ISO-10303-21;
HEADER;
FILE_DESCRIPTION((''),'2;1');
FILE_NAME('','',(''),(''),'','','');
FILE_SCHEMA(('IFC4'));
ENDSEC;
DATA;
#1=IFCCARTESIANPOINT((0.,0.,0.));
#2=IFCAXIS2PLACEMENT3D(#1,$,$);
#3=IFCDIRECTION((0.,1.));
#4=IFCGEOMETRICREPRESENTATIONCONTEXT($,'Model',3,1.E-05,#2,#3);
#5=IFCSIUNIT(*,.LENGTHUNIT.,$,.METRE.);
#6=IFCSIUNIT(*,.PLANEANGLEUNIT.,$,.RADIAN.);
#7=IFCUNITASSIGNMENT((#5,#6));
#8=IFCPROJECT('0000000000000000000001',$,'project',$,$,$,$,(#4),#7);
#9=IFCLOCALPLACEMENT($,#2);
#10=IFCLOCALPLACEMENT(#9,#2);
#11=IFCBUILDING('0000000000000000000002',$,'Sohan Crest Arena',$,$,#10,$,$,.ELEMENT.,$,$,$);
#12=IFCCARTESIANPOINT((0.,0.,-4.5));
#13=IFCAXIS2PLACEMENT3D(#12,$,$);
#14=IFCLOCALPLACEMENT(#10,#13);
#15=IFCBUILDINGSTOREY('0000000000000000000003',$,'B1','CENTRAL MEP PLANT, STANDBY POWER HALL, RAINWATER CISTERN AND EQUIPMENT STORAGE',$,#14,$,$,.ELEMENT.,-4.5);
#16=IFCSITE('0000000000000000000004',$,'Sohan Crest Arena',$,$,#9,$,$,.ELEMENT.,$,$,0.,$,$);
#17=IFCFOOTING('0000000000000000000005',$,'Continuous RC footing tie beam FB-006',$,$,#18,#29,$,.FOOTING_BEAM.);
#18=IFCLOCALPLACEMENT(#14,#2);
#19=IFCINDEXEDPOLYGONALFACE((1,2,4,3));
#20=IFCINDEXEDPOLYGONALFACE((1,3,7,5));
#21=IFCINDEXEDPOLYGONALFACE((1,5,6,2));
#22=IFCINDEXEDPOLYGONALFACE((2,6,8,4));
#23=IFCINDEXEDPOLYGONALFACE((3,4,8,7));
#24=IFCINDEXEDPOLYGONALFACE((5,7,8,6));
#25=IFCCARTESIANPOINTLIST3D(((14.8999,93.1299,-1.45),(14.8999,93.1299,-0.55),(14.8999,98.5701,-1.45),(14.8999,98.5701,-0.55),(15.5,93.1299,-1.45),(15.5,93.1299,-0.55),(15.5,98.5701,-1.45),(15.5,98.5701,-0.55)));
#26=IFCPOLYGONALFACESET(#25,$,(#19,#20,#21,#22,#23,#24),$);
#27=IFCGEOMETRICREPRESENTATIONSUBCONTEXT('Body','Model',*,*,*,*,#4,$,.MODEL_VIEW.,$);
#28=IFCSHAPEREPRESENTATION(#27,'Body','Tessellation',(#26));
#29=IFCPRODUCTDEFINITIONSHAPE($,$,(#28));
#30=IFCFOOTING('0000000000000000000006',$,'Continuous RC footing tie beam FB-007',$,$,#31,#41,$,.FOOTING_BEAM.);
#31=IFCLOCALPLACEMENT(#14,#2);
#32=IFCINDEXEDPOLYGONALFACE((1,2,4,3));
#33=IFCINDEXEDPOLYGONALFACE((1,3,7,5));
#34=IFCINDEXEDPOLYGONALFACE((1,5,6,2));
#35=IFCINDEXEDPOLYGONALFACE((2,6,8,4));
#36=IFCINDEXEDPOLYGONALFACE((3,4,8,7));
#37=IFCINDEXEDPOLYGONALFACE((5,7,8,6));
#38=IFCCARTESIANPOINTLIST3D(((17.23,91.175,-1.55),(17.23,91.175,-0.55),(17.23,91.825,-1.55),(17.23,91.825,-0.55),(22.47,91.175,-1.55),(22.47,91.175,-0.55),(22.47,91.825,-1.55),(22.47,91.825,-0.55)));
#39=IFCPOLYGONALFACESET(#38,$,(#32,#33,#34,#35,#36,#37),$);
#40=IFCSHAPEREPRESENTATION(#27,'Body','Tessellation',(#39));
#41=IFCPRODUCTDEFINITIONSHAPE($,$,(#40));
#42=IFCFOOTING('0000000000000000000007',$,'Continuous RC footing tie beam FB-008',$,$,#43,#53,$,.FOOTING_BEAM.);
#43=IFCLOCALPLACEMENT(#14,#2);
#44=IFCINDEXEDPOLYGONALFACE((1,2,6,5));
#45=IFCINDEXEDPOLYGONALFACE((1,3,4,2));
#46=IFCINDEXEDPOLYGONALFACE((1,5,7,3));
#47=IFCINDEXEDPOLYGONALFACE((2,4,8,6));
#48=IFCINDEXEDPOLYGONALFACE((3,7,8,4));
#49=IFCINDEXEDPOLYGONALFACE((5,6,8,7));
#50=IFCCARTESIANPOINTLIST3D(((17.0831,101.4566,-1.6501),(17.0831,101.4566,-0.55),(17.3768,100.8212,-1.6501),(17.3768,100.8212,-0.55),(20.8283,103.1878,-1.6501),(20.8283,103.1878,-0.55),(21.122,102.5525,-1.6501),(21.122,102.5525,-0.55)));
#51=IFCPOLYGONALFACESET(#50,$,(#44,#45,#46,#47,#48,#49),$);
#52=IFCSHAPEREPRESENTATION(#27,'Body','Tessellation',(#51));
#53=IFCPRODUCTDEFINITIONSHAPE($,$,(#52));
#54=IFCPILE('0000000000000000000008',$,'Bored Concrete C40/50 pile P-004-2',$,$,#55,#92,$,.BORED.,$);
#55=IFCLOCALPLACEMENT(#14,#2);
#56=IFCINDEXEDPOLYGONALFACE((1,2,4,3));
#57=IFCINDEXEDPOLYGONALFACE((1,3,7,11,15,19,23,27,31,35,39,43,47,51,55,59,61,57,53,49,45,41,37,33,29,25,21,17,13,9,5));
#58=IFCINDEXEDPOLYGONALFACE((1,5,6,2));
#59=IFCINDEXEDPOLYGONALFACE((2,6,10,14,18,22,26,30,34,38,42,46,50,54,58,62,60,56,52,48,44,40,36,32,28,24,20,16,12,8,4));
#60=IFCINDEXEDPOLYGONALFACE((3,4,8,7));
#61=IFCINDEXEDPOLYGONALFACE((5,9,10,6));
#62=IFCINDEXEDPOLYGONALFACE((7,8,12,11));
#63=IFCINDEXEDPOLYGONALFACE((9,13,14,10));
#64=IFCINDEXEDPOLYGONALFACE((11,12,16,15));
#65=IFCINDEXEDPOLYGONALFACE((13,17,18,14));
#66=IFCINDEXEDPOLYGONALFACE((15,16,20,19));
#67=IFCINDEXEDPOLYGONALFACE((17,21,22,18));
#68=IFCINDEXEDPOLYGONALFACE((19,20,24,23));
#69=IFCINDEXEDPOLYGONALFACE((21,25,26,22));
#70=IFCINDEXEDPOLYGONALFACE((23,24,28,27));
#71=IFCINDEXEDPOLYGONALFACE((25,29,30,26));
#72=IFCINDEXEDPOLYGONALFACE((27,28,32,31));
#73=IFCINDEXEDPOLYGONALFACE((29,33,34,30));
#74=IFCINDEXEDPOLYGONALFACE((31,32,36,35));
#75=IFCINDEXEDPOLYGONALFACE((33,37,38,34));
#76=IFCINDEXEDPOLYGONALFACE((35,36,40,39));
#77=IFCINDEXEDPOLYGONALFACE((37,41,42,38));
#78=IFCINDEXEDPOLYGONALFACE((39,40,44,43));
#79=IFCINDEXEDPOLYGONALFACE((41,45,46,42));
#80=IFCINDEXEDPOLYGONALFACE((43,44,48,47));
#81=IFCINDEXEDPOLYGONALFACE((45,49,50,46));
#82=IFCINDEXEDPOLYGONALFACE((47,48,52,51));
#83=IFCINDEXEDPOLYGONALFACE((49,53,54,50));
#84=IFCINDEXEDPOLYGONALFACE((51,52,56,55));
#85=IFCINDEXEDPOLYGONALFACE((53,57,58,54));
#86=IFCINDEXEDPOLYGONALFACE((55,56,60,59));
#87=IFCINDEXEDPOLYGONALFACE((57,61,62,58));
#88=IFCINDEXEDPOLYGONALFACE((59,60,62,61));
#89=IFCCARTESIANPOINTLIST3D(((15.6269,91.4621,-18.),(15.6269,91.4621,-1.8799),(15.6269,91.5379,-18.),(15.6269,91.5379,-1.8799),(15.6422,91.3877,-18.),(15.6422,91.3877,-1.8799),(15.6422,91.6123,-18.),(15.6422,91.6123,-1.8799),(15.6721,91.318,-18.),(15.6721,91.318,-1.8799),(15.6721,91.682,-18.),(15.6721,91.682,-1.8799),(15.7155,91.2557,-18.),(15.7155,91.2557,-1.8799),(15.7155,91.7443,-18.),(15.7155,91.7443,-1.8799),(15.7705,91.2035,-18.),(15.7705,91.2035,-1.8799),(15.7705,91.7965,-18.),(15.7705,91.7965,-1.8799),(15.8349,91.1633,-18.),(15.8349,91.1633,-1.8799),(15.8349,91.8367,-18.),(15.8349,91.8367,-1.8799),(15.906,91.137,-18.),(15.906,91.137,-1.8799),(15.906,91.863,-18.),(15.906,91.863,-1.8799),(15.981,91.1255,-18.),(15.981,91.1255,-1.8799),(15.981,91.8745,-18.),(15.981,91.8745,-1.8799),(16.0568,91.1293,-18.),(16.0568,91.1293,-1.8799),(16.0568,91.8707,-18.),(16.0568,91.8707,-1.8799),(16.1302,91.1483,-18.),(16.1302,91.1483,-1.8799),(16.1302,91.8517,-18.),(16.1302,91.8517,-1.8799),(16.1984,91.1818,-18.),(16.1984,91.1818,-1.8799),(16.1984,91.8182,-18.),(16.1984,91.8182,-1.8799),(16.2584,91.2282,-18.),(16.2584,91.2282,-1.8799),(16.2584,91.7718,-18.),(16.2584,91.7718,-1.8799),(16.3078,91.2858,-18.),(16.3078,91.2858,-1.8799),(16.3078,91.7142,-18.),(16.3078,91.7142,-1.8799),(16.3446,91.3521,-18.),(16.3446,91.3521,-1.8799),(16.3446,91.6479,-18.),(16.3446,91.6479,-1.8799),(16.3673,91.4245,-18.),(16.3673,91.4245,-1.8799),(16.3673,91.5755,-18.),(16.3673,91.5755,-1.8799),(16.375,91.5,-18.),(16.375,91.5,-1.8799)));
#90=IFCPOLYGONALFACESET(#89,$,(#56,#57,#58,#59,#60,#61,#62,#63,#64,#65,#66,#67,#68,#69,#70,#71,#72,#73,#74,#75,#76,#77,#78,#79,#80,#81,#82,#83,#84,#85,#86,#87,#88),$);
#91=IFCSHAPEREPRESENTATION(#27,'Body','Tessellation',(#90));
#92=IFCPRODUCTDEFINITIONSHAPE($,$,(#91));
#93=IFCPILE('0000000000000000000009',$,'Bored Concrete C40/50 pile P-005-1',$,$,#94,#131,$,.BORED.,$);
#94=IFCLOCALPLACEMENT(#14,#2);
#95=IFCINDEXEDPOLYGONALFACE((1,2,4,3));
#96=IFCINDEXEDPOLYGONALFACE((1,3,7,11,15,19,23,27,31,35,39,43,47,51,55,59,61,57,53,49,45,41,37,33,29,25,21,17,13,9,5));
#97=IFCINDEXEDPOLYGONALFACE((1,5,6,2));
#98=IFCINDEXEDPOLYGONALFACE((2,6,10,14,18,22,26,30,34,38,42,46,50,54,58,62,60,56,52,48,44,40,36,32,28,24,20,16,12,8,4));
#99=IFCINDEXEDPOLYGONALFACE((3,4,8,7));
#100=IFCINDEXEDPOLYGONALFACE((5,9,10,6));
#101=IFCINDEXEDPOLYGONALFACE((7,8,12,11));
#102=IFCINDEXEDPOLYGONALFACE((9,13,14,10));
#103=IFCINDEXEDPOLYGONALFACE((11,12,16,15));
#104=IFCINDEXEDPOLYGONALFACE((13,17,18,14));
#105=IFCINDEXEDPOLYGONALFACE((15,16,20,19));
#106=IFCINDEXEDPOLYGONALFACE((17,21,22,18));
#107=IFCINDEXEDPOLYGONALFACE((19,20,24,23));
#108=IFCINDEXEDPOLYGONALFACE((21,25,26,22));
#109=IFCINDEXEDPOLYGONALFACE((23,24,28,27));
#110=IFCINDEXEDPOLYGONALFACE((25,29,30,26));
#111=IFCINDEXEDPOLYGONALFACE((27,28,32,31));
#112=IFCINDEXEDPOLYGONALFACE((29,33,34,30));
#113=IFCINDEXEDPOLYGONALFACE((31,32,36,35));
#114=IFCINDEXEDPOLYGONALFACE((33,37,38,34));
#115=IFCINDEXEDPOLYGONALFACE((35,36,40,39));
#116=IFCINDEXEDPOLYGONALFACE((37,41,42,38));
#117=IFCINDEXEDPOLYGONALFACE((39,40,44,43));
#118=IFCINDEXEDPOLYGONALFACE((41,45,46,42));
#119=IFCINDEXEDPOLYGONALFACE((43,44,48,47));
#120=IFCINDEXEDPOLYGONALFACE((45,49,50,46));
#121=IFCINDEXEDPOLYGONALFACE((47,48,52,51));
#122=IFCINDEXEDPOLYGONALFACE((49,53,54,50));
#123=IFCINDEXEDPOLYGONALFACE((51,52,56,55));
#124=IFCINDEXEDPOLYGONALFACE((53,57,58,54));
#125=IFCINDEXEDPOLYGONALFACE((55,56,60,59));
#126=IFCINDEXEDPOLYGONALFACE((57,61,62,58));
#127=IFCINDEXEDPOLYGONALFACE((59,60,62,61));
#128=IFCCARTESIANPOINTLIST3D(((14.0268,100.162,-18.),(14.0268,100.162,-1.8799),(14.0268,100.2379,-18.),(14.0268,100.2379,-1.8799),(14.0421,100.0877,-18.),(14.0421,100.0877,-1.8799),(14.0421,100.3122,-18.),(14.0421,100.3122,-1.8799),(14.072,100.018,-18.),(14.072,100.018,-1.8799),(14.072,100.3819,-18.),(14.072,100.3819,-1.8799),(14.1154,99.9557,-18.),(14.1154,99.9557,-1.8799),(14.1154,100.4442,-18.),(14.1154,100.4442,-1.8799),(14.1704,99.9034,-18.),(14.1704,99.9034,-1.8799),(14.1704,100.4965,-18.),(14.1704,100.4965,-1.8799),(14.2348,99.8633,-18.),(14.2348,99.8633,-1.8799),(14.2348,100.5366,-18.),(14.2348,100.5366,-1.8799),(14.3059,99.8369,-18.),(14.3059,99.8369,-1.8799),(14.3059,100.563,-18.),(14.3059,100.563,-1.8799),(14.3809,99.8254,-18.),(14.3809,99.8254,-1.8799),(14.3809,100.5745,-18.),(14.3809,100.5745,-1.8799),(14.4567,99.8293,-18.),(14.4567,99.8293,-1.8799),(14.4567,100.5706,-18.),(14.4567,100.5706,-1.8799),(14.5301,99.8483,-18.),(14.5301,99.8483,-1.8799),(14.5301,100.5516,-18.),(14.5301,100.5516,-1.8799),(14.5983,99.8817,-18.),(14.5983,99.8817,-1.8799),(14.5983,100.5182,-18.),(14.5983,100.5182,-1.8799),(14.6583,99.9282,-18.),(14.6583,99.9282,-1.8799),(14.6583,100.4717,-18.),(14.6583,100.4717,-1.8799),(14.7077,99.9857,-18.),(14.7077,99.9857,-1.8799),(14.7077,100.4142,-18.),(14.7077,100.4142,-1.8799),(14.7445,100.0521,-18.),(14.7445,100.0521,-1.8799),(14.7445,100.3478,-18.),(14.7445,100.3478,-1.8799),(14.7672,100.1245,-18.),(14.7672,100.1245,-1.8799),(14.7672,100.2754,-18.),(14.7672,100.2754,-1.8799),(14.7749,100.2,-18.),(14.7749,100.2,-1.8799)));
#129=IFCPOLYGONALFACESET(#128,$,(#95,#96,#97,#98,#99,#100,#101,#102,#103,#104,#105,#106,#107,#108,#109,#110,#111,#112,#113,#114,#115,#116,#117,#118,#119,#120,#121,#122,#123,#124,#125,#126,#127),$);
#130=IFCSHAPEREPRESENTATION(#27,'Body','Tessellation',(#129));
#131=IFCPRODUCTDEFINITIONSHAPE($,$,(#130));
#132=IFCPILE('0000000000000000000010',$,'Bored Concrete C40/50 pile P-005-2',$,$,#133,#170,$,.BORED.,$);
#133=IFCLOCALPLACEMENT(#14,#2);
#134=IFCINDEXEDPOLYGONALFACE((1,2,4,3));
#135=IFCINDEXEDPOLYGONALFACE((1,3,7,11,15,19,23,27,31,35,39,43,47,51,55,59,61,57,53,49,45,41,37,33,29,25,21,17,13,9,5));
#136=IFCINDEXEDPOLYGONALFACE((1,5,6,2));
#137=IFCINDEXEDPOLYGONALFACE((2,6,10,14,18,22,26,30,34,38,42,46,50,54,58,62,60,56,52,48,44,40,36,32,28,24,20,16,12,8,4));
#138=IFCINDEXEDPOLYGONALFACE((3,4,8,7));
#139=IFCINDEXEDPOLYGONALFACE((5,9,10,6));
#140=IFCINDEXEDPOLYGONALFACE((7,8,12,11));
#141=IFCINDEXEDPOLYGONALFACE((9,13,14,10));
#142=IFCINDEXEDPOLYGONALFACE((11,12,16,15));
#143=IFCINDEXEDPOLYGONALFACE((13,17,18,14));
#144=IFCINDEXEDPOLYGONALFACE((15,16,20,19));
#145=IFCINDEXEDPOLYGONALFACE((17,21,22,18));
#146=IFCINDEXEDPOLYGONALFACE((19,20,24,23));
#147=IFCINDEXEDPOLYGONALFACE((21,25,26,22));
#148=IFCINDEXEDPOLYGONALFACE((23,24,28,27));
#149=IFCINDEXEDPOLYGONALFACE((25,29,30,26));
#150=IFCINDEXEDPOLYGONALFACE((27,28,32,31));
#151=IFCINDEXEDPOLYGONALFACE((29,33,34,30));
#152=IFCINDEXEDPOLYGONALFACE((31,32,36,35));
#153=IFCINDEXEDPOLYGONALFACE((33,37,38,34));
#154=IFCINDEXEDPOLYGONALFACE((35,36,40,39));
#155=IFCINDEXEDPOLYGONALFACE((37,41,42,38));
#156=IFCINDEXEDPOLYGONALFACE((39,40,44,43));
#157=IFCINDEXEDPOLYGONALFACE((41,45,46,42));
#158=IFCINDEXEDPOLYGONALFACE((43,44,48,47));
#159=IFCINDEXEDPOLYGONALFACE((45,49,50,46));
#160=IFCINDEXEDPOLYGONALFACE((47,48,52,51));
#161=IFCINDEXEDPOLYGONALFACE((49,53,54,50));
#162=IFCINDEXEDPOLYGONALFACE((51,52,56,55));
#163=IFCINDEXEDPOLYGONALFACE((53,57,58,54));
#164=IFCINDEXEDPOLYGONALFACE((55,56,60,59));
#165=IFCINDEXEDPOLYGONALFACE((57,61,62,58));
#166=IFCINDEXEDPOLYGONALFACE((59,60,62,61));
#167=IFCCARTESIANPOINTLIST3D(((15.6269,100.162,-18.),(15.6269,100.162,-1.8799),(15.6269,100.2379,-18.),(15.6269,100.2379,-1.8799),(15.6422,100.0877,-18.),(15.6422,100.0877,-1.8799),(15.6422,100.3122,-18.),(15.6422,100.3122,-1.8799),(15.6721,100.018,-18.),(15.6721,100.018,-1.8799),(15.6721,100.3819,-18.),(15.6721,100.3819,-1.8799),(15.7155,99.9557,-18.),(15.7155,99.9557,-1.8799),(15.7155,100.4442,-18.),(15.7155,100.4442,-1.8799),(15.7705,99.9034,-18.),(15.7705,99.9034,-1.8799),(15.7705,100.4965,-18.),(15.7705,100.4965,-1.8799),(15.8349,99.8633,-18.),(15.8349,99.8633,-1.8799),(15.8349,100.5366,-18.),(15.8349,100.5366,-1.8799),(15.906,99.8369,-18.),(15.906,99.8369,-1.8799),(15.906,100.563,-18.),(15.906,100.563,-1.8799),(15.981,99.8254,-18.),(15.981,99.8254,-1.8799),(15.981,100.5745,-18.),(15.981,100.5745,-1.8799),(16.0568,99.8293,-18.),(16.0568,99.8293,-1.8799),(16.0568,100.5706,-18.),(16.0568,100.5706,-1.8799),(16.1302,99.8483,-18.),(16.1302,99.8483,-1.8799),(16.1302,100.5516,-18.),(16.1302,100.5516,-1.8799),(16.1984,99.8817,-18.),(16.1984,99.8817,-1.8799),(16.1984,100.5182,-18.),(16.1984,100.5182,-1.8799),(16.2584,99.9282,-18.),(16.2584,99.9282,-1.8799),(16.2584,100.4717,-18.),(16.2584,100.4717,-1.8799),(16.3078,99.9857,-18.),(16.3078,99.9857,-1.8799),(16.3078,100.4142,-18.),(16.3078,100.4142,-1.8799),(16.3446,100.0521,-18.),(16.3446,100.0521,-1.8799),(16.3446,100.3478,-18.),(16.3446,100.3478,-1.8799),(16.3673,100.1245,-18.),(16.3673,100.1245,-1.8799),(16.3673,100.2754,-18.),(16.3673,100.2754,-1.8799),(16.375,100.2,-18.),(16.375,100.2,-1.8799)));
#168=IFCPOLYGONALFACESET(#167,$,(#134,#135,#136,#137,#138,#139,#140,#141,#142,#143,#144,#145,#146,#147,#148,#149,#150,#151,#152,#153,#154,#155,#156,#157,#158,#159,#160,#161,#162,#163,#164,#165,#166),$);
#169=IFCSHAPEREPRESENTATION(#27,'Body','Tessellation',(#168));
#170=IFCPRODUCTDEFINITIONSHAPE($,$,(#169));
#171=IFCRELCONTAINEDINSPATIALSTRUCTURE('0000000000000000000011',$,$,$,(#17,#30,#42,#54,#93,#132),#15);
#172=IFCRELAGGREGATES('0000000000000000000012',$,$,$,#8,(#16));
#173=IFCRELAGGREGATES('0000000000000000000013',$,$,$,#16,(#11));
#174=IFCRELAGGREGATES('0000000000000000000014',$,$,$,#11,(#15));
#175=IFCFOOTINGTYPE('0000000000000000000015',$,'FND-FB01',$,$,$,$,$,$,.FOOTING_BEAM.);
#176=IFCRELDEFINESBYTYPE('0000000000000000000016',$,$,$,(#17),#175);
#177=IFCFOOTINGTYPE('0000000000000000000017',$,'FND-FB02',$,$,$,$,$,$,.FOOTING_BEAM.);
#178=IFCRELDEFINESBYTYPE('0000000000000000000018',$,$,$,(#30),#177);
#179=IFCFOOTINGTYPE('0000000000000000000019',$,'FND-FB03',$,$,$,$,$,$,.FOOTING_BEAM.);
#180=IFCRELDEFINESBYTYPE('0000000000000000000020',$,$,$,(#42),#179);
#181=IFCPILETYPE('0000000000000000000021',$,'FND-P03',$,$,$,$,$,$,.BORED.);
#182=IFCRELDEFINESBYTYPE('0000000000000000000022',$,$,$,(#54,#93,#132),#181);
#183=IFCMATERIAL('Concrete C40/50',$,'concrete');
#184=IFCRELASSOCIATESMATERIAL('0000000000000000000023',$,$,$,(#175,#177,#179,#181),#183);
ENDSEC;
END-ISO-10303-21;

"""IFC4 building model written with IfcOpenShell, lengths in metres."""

from ifc_helpers import new_model, si_unit, direction, frame, origin, origin_2d, place, context, subcontext, project, spatial, rectangle, circle, extrude, material, material_profile, profile_set, type_object, element, save


model = new_model("IFC4")

# Units and contexts
model_context = context("Model", 3, precision=1e-05, world=origin(), true_north=direction((0.0, 1.0)))
body_context = subcontext(model_context, "Body", "Model", "MODEL_VIEW")
ifc_project = project(units=[si_unit("LENGTHUNIT", "METRE"), si_unit("PLANEANGLEUNIT", "RADIAN")], contexts=[model_context])

# Site, building, storey
site_placement = place(None, origin())
site = spatial("IfcSite", under=ifc_project, at=site_placement, Name="Sohan Crest Arena", CompositionType="ELEMENT", RefElevation=0.0)
building_placement = place(site_placement, origin())
building = spatial("IfcBuilding", under=site, at=building_placement, Name="Sohan Crest Arena", CompositionType="ELEMENT")
storey_placement = place(building_placement, frame((0.0, 0.0, -4.5)))
storey = spatial("IfcBuildingStorey", under=building, at=storey_placement, Name="B1", Description="CENTRAL MEP PLANT, STANDBY POWER HALL, RAINWATER CISTERN AND EQUIPMENT STORAGE", CompositionType="ELEMENT", Elevation=-4.5)

# Footings
ifc_material_1 = material(Name="Concrete C40/50", Category="concrete")
ifc_material_profile_1 = material_profile(ifc_material_1, rectangle(XDim=0.6001, YDim=0.8999, at=origin_2d()), Name="RC-FB 600x900")
ifc_profile_set_1 = profile_set([ifc_material_profile_1], Name="Concrete C40/50")
footing_type_1 = type_object("IfcFootingType", Name="FND-FB01", PredefinedType="FOOTING_BEAM", material=ifc_profile_set_1)
footing_1_placement = place(storey_placement, frame((15.2, 93.1299, -1.0), z_axis=(0.0, 1.0, 0.0), x_axis=(-1.0, 0.0, 0.0)))
element("IfcFooting", 1, at=footing_1_placement, inside=storey, type_object=footing_type_1, Name="Continuous RC footing tie beam FB-006", PredefinedType="FOOTING_BEAM", context=body_context, shape_type="SweptSolid", body=[
    extrude(rectangle(XDim=0.6001, YDim=0.8999, at=origin_2d()), origin(), (0.0, 0.0, 1.0), 5.4402),
])
ifc_material_profile_2 = material_profile(ifc_material_1, rectangle(XDim=0.6499, YDim=1.0, at=origin_2d()), Name="RC-FB 650x1000")
ifc_profile_set_2 = profile_set([ifc_material_profile_2], Name="Concrete C40/50")
footing_type_2 = type_object("IfcFootingType", Name="FND-FB02", PredefinedType="FOOTING_BEAM", material=ifc_profile_set_2)
footing_2_placement = place(storey_placement, frame((17.23, 91.5, -1.05), z_axis=(1.0, 0.0, 0.0), x_axis=(0.0, 1.0, 0.0)))
element("IfcFooting", 2, at=footing_2_placement, inside=storey, type_object=footing_type_2, Name="Continuous RC footing tie beam FB-007", PredefinedType="FOOTING_BEAM", context=body_context, shape_type="SweptSolid", body=[
    extrude(rectangle(XDim=0.6499, YDim=1.0, at=origin_2d()), origin(), (0.0, 0.0, 1.0), 5.24),
])
ifc_material_profile_3 = material_profile(ifc_material_1, rectangle(XDim=0.7, YDim=1.1001, at=origin_2d()), Name="RC-FB 700x1100")
ifc_profile_set_3 = profile_set([ifc_material_profile_3], Name="Concrete C40/50")
footing_type_3 = type_object("IfcFootingType", Name="FND-FB03", PredefinedType="FOOTING_BEAM", material=ifc_profile_set_3)
footing_3_placement = place(storey_placement, frame((17.23, 101.1389, -1.1001), z_axis=(0.907712, 0.419595, 0.0), x_axis=(-0.419595, 0.907712, 0.0)))
element("IfcFooting", 3, at=footing_3_placement, inside=storey, type_object=footing_type_3, Name="Continuous RC footing tie beam FB-008", PredefinedType="FOOTING_BEAM", context=body_context, shape_type="SweptSolid", body=[
    extrude(rectangle(XDim=0.7, YDim=1.1001, at=origin_2d()), origin(), (0.0, 0.0, 1.0), 4.126),
])

# Piles
ifc_material_profile_4 = material_profile(ifc_material_1, circle(Radius=0.375, at=origin_2d()), Name="PILE D750")
ifc_profile_set_4 = profile_set([ifc_material_profile_4], Name="Concrete C40/50")
pile_type = type_object("IfcPileType", Name="FND-P03", PredefinedType="BORED", material=ifc_profile_set_4)
for number, where, z_axis, x_axis, name in (
    (4, (16.0, 91.5, -18.0), (0.0, 0.0, 1.0), (1.0, 0.0, 0.0), "Bored Concrete C40/50 pile P-004-2"),
    (5, (14.3999, 100.2, -18.0), (0.0, 0.0, 1.0), (1.0, 0.0, 0.0), "Bored Concrete C40/50 pile P-005-1"),
    (6, (16.0, 100.2, -18.0), (0.0, 0.0, 1.0), (1.0, 0.0, 0.0), "Bored Concrete C40/50 pile P-005-2"),
):
    element("IfcPile", number, at=place(storey_placement, frame(where, z_axis=z_axis, x_axis=x_axis)), inside=storey, type_object=pile_type, Name=name, PredefinedType="BORED", context=body_context, shape_type="SweptSolid", body=[
        extrude(circle(Radius=0.375, at=origin_2d()), origin(), (0.0, 0.0, 1.0), 16.1201),
    ])

save(model, "model.ifc")
